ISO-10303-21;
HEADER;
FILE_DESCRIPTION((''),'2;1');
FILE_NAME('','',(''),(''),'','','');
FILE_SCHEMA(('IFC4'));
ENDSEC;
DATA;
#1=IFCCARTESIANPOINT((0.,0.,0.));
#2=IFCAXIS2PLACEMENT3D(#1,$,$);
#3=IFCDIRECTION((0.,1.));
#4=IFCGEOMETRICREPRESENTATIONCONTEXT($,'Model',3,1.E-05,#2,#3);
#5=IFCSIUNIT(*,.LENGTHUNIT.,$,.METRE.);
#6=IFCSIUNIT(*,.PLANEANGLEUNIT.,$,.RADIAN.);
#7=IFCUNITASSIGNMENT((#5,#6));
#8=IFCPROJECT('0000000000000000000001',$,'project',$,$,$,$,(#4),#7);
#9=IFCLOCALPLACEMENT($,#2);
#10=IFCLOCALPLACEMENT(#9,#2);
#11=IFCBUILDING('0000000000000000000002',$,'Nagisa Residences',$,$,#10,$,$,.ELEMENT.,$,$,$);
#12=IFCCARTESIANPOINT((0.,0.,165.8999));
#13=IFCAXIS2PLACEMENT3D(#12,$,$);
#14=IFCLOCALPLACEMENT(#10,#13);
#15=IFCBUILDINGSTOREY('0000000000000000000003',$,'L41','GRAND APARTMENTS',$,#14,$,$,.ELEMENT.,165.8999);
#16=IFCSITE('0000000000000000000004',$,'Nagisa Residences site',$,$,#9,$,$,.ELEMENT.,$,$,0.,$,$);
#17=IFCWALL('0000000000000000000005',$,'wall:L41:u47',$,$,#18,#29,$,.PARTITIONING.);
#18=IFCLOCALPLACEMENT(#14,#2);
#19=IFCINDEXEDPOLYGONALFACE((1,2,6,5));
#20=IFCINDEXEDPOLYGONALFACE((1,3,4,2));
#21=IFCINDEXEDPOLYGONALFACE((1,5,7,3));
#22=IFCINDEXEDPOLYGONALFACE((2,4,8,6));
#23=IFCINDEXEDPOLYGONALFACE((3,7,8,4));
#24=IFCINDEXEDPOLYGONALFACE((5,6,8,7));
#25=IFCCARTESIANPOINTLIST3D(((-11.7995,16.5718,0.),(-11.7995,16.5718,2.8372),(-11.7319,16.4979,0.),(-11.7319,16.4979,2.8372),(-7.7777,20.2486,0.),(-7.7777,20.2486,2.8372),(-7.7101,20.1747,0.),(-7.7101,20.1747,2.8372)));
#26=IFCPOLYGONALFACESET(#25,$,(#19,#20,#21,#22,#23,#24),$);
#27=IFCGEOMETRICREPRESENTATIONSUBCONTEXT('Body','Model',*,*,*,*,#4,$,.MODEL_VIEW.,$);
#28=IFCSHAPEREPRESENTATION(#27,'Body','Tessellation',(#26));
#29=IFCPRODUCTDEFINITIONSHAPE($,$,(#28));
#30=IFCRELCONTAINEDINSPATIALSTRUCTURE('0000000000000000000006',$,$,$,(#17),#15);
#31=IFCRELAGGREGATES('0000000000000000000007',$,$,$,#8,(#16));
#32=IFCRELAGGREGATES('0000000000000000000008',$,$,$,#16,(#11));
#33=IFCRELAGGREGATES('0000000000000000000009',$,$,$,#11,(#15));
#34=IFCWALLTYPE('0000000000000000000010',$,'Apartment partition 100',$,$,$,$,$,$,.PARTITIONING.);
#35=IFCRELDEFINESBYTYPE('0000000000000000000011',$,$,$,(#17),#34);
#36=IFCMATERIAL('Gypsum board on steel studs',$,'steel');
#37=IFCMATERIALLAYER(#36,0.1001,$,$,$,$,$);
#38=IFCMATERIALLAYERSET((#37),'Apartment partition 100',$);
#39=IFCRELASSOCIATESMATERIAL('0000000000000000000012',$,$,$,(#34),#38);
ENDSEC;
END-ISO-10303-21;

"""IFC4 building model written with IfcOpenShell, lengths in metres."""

from ifc_helpers import new_model, si_unit, direction, frame, frame_2d, origin, place, context, subcontext, project, spatial, rectangle, extrude, material, layer, layer_set, type_object, element, save


model = new_model("IFC4")

# Units and contexts
model_context = context("Model", 3, precision=1e-05, world=origin(), true_north=direction((0.0, 1.0)))
body_context = subcontext(model_context, "Body", "Model", "MODEL_VIEW")
ifc_project = project(units=[si_unit("LENGTHUNIT", "METRE"), si_unit("PLANEANGLEUNIT", "RADIAN")], contexts=[model_context])

# Site, building, storey
site_placement = place(None, origin())
site = spatial("IfcSite", under=ifc_project, at=site_placement, Name="Nagisa Residences site", CompositionType="ELEMENT", RefElevation=0.0)
building_placement = place(site_placement, origin())
building = spatial("IfcBuilding", under=site, at=building_placement, Name="Nagisa Residences", CompositionType="ELEMENT")
storey_placement = place(building_placement, frame((0.0, 0.0, 165.8999)))
storey = spatial("IfcBuildingStorey", under=building, at=storey_placement, Name="L41", Description="GRAND APARTMENTS", CompositionType="ELEMENT", Elevation=165.8999)

# Shared definitions
ifc_material_1 = material(Name="Gypsum board on steel studs", Category="steel")
ifc_layer_1 = layer(ifc_material_1, 0.1001)
ifc_layer_set_1 = layer_set([ifc_layer_1], Name="Apartment partition 100")
wall_type_1 = type_object("IfcWallType", Name="Apartment partition 100", PredefinedType="PARTITIONING", material=ifc_layer_set_1)

# Wall
wall_1_placement = place(storey_placement, frame((-7.7439, 20.2117, 0.0), z_axis=(0.0, 0.0, 1.0), x_axis=(-0.738052, -0.674744, 0.0)))
element("IfcWall", 1, at=wall_1_placement, inside=storey, type_object=wall_type_1, Name="wall:L41:u47", PredefinedType="PARTITIONING", context=body_context, shape_type="SweptSolid", body=[
    extrude(rectangle(XDim=5.4492, YDim=0.1001, at=frame_2d((2.7246, 0.0))), origin(), (0.0, 0.0, 1.0), 2.8372),
])

save(model, "model.ifc")
